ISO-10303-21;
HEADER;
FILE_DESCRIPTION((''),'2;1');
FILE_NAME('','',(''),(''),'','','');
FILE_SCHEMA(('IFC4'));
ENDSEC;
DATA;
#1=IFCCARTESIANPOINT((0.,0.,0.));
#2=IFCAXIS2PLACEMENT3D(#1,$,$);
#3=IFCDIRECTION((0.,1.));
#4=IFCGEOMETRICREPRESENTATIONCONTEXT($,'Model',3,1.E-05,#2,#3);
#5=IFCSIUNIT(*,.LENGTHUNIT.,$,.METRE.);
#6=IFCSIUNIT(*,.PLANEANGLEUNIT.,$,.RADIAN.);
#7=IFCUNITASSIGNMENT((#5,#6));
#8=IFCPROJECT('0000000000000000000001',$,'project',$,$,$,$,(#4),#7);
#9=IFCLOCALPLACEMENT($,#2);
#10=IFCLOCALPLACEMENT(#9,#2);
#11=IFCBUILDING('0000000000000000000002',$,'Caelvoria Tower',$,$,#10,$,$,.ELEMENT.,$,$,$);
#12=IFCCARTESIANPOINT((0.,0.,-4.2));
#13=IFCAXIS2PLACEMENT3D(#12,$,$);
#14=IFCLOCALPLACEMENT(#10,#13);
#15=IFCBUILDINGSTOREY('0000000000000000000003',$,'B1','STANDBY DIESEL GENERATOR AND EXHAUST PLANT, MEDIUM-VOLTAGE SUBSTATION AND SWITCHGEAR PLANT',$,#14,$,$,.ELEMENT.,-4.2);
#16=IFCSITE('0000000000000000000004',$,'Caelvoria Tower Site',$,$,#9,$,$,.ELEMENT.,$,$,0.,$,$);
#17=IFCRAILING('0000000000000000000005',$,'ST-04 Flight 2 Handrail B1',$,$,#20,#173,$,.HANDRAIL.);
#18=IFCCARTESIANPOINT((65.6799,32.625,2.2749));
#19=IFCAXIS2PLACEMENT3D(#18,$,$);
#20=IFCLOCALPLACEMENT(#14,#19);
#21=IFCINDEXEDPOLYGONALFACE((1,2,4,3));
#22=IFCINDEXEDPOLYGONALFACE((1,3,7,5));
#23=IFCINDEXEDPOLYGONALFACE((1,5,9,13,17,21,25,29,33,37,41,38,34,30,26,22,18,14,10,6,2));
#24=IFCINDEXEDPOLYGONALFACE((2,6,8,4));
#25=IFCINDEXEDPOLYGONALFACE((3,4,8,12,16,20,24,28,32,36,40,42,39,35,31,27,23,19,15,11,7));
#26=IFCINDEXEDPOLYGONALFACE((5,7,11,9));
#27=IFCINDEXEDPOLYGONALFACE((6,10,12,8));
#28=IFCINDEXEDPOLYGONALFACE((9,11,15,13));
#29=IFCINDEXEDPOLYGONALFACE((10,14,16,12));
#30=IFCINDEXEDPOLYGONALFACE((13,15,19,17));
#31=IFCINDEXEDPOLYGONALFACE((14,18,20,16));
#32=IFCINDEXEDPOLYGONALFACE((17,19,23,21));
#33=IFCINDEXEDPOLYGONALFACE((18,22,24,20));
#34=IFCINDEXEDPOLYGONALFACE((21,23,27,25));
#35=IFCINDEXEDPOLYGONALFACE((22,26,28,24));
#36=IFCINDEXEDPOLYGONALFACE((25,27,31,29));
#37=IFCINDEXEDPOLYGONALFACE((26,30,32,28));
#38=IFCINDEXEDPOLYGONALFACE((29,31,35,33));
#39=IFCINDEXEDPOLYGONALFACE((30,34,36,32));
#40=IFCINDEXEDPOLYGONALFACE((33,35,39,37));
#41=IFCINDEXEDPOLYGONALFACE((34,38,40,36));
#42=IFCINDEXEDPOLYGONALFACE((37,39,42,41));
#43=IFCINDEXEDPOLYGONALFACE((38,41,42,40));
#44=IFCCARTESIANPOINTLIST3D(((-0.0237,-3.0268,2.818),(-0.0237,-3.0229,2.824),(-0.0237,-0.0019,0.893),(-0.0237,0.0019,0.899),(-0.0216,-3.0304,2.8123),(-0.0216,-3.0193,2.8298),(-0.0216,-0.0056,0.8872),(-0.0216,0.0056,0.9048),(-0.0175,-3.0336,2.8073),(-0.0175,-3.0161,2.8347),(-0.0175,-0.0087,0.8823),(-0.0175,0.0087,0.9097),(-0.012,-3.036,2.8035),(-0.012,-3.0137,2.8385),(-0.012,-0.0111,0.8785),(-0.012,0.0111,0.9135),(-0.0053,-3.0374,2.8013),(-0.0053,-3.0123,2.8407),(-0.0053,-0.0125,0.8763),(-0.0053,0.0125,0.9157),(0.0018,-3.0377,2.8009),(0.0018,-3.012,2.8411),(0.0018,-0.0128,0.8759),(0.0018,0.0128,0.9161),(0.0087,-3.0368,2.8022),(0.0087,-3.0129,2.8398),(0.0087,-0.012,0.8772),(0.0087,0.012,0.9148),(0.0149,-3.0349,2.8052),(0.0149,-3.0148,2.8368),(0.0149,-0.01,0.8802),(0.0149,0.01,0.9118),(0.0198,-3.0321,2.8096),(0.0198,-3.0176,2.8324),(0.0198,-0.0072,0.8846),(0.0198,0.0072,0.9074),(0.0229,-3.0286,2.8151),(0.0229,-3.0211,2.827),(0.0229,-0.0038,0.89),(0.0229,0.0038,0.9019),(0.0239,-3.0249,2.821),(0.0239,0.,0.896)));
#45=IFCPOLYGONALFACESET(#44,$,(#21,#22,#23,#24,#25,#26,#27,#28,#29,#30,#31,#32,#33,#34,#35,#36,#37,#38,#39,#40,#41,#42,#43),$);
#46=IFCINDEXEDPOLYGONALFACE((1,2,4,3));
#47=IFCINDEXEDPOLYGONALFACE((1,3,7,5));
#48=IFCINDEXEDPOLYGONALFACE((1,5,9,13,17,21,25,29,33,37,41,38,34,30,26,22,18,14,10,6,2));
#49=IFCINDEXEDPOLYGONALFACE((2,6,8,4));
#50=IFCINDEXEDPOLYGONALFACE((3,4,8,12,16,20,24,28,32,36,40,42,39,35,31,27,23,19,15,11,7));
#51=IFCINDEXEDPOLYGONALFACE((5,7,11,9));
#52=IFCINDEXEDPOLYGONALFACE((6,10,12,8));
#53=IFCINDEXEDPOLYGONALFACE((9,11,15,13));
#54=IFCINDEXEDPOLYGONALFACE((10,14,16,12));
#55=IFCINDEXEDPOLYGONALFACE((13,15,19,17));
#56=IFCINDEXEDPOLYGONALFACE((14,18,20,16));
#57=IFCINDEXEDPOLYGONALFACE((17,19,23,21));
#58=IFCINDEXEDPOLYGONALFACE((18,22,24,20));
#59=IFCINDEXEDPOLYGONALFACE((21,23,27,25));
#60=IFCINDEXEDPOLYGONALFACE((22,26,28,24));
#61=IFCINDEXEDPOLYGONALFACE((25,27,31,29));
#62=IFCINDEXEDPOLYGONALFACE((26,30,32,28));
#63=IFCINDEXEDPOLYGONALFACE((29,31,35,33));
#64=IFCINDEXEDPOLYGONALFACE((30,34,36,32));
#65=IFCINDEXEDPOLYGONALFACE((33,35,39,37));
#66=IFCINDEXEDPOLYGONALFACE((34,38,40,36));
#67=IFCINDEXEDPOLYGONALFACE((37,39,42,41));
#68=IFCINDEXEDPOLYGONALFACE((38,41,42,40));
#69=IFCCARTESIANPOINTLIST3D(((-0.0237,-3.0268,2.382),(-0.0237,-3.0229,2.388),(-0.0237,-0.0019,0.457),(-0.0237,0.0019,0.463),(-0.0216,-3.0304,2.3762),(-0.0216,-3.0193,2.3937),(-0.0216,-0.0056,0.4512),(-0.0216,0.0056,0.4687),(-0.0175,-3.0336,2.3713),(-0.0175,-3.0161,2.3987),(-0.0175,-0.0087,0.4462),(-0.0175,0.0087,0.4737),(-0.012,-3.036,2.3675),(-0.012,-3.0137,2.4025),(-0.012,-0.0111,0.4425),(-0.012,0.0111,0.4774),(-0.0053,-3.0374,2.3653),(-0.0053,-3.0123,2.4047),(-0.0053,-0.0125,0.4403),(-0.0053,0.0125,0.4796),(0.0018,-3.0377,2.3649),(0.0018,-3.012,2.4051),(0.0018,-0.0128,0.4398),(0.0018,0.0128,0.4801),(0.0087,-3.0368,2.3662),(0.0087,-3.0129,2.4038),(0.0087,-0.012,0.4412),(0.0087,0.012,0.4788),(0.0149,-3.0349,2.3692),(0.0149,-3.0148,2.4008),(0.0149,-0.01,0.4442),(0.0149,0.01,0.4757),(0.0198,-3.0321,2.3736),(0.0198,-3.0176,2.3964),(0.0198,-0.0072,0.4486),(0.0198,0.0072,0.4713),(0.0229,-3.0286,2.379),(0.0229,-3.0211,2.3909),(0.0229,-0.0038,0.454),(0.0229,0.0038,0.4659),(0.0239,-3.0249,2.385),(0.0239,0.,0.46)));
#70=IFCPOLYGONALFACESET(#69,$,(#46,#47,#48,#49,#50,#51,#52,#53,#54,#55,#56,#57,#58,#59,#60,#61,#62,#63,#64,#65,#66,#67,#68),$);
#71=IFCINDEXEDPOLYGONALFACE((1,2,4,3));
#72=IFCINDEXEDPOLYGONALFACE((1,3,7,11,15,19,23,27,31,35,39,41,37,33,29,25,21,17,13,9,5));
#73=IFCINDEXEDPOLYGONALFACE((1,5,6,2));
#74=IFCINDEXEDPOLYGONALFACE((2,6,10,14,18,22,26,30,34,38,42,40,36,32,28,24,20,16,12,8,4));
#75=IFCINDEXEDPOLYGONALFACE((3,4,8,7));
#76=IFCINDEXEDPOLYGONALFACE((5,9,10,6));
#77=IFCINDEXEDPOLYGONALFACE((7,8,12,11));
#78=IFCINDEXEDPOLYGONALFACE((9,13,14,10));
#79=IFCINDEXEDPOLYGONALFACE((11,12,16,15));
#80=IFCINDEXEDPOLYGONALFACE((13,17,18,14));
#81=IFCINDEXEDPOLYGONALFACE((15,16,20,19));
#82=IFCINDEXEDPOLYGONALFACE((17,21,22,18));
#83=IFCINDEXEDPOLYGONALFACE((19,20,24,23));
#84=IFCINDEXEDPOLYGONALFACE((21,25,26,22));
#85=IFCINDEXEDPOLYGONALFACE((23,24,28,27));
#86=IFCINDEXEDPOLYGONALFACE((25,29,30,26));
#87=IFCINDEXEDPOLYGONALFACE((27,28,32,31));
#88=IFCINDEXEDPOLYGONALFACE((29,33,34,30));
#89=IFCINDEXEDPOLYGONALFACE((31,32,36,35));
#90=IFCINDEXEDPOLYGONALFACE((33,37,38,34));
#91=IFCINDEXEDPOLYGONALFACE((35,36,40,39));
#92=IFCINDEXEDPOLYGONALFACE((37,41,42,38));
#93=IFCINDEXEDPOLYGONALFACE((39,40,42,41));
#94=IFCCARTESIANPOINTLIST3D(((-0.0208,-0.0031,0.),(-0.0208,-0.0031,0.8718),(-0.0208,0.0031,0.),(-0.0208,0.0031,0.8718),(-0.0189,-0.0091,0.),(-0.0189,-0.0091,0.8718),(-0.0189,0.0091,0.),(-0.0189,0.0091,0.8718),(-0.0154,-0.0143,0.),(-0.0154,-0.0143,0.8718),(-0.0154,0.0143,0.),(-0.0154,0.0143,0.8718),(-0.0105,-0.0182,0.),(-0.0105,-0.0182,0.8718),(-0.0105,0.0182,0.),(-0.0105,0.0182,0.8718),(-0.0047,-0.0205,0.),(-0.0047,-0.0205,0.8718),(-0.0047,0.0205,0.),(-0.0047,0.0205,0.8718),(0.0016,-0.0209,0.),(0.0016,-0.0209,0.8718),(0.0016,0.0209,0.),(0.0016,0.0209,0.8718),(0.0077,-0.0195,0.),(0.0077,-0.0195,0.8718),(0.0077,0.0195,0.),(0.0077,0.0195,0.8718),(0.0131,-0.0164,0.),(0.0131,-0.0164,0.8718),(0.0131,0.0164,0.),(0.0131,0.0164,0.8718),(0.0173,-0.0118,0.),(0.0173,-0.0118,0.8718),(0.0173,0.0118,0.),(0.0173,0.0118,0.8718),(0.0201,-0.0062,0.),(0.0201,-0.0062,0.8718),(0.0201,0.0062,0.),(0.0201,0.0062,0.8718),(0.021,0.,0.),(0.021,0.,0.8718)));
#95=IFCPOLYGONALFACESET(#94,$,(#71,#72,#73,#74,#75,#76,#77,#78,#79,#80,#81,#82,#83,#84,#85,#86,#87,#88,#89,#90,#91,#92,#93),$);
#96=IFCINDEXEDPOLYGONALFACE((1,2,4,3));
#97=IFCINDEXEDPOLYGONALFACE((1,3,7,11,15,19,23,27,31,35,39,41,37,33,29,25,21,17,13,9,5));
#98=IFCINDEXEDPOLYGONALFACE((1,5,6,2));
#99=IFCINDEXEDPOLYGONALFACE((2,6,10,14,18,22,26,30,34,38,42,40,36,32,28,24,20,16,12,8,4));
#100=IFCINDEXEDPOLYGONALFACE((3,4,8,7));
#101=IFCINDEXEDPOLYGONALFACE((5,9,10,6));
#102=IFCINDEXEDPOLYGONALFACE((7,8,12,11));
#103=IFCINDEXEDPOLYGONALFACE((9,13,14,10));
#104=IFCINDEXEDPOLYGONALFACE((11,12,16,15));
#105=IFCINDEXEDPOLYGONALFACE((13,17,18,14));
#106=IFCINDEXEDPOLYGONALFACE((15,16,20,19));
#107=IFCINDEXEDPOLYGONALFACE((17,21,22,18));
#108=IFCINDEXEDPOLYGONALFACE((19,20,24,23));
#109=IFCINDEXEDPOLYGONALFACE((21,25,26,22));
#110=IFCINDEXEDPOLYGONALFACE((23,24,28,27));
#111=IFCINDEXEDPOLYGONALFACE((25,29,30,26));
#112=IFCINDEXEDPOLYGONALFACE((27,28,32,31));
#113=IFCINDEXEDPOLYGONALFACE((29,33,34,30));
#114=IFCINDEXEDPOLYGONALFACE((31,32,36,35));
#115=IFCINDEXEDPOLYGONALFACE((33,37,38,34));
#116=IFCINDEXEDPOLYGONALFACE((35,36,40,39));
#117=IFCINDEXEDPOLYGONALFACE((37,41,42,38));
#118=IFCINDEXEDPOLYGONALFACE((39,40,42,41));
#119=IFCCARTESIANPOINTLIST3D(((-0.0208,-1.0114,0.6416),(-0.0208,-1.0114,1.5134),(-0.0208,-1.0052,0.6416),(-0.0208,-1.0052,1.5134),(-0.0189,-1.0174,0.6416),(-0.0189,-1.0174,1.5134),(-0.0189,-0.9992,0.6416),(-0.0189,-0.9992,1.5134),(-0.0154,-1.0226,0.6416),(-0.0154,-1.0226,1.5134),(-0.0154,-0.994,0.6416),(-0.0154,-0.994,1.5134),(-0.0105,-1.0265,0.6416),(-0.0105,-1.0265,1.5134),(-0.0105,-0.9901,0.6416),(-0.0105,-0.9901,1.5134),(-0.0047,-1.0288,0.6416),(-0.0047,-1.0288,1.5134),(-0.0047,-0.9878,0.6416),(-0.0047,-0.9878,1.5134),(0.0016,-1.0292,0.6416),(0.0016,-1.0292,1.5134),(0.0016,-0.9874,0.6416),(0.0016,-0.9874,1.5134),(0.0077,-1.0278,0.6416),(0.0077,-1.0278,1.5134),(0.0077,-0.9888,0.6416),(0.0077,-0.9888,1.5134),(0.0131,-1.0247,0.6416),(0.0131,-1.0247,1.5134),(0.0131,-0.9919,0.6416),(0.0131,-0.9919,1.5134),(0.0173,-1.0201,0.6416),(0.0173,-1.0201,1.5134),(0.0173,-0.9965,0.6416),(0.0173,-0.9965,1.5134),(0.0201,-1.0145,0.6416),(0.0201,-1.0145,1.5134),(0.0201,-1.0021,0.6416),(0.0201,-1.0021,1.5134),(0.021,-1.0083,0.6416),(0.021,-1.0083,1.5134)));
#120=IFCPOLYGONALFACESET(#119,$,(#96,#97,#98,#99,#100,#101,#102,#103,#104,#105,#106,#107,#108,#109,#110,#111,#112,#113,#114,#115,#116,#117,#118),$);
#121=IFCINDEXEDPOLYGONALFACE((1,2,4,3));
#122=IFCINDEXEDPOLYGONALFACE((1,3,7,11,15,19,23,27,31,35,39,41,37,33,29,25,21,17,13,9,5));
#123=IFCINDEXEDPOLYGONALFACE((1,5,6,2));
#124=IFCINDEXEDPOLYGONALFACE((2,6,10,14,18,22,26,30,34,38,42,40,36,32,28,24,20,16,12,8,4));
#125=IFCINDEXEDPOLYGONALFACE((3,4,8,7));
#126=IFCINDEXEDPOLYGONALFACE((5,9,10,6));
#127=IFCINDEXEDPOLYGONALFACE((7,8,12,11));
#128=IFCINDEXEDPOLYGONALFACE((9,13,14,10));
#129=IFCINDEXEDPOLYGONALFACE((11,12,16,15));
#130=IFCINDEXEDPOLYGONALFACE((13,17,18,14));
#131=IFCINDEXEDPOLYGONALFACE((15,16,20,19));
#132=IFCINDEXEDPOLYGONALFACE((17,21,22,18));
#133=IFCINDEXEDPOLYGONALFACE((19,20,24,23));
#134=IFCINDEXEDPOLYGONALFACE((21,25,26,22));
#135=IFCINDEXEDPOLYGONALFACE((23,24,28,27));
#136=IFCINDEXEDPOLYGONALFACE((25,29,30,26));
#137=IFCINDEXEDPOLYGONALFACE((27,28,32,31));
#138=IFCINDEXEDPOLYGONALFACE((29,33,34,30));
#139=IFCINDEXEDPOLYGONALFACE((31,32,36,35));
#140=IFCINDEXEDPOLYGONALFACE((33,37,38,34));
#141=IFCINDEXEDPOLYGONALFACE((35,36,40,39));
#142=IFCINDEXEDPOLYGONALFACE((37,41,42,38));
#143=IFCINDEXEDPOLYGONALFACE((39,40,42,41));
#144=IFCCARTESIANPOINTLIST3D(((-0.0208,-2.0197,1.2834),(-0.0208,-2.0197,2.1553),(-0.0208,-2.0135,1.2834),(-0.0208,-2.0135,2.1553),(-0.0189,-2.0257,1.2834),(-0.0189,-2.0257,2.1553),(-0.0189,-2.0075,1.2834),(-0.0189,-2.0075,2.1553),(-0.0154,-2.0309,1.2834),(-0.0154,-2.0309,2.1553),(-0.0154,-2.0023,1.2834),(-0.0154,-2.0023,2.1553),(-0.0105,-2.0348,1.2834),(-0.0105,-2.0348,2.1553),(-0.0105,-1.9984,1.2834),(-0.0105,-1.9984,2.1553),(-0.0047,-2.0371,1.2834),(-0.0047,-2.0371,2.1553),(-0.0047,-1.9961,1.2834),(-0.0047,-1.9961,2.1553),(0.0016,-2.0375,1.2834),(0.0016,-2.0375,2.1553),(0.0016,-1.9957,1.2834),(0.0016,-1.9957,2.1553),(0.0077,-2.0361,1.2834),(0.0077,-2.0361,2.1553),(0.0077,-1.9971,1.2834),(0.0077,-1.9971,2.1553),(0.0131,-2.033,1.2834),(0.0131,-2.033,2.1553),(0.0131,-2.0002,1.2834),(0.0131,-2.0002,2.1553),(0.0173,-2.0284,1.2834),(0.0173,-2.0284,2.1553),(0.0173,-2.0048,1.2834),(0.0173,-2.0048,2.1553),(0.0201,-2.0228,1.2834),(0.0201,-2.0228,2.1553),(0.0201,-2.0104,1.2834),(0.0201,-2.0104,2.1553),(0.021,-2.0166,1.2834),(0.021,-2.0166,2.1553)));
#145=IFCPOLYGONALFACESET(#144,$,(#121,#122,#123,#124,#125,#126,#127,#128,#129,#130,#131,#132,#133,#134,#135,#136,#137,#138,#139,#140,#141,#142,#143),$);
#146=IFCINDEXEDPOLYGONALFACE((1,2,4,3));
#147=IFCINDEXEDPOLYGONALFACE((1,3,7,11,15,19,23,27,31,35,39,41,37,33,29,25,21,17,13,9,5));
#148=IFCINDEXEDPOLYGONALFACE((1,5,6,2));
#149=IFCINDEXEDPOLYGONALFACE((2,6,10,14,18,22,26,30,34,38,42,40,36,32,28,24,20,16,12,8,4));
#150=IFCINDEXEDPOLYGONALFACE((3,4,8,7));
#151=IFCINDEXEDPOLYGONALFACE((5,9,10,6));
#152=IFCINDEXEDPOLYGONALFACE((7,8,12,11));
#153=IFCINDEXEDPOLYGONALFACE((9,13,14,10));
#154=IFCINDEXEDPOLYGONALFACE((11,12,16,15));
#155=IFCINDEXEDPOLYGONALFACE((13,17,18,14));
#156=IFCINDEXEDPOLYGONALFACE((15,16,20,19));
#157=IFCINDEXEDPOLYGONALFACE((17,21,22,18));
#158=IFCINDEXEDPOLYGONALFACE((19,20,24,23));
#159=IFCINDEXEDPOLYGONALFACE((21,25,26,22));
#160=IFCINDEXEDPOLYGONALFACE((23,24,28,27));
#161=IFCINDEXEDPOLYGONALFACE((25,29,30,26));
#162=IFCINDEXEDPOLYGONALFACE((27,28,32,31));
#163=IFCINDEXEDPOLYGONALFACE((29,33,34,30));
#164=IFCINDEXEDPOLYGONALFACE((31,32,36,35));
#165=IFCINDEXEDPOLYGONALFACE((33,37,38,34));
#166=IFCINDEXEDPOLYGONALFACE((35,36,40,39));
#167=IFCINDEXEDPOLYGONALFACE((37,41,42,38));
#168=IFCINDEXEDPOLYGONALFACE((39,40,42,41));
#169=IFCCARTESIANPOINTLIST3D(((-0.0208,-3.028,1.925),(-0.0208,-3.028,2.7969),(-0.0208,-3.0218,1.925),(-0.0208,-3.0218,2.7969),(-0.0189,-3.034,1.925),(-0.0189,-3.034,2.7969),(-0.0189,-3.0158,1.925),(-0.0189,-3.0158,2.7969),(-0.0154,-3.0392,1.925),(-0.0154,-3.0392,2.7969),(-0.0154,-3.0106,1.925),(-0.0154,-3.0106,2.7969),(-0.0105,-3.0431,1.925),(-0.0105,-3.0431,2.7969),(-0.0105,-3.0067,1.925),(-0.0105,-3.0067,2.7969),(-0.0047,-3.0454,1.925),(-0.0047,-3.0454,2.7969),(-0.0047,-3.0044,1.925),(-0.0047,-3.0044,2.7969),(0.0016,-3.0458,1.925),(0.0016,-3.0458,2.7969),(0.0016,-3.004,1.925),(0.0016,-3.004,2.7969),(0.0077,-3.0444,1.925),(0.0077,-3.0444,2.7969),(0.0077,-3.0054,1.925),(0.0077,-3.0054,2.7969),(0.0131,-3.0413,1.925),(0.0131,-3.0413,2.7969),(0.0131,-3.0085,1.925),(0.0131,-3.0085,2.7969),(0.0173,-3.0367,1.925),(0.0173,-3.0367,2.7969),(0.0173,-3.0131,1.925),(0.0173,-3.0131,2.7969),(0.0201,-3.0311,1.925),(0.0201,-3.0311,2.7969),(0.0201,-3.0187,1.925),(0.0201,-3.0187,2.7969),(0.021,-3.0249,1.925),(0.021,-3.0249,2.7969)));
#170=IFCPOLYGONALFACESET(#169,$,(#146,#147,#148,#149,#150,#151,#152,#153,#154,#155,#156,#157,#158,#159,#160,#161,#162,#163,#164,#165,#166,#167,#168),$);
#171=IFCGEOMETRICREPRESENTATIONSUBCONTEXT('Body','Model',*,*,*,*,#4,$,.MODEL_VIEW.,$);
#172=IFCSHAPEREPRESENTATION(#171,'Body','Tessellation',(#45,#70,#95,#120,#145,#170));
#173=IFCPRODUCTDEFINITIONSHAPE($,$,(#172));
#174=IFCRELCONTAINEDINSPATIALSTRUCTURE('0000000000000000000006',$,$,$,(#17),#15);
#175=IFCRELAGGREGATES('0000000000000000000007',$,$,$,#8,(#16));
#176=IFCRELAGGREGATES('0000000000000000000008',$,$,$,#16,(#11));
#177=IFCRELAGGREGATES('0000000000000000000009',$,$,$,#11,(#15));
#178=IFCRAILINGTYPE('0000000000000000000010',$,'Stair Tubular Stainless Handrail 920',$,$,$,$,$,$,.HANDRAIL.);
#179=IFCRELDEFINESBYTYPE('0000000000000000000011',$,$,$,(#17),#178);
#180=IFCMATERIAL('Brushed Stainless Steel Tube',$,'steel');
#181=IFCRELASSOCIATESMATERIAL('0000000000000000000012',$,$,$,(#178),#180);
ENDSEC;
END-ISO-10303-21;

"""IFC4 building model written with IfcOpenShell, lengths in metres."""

from ifc_helpers import new_model, si_unit, direction, frame, origin, origin_2d, place, context, subcontext, project, spatial, circle, extrude, material, type_object, element, save


model = new_model("IFC4")

# Units and contexts
model_context = context("Model", 3, precision=1e-05, world=origin(), true_north=direction((0.0, 1.0)))
body_context = subcontext(model_context, "Body", "Model", "MODEL_VIEW")
ifc_project = project(units=[si_unit("LENGTHUNIT", "METRE"), si_unit("PLANEANGLEUNIT", "RADIAN")], contexts=[model_context])

# Site, building, storey
site_placement = place(None, origin())
site = spatial("IfcSite", under=ifc_project, at=site_placement, Name="Caelvoria Tower Site", CompositionType="ELEMENT", RefElevation=0.0)
building_placement = place(site_placement, origin())
building = spatial("IfcBuilding", under=site, at=building_placement, Name="Caelvoria Tower", CompositionType="ELEMENT")
storey_placement = place(building_placement, frame((0.0, 0.0, -4.2)))
storey = spatial("IfcBuildingStorey", under=building, at=storey_placement, Name="B1", Description="STANDBY DIESEL GENERATOR AND EXHAUST PLANT, MEDIUM-VOLTAGE SUBSTATION AND SWITCHGEAR PLANT", CompositionType="ELEMENT", Elevation=-4.2)

# Railing
ifc_material_1 = material(Name="Brushed Stainless Steel Tube", Category="steel")
railing_type_1 = type_object("IfcRailingType", Name="Stair Tubular Stainless Handrail 920", PredefinedType="HANDRAIL", material=ifc_material_1)
railing_1_placement = place(storey_placement, frame((65.6799, 32.625, 2.2749)))
element("IfcRailing", 1, at=railing_1_placement, inside=storey, type_object=railing_type_1, Name="ST-04 Flight 2 Handrail B1", PredefinedType="HANDRAIL", context=body_context, shape_type="SweptSolid", body=[
    extrude(circle(Radius=0.0239, at=origin_2d()), frame((0.0, 0.0, 0.896), z_axis=(0.0, -0.843647, 0.536898), x_axis=(1.0, 0.0, 0.0)), (0.0, 0.0, 1.0), 3.5854),
    extrude(circle(Radius=0.0239, at=origin_2d()), frame((0.0, 0.0, 0.46), z_axis=(0.0, -0.843647, 0.536898), x_axis=(1.0, 0.0, 0.0)), (0.0, 0.0, 1.0), 3.5854),
    extrude(circle(Radius=0.021, at=origin_2d()), origin(), (0.0, 0.0, 1.0), 0.8718),
    extrude(circle(Radius=0.021, at=origin_2d()), frame((0.0, -1.0083, 0.6416)), (0.0, 0.0, 1.0), 0.8718),
    extrude(circle(Radius=0.021, at=origin_2d()), frame((0.0, -2.0166, 1.2834)), (0.0, 0.0, 1.0), 0.8718),
    extrude(circle(Radius=0.021, at=origin_2d()), frame((0.0, -3.0249, 1.925)), (0.0, 0.0, 1.0), 0.8718),
])

save(model, "model.ifc")
